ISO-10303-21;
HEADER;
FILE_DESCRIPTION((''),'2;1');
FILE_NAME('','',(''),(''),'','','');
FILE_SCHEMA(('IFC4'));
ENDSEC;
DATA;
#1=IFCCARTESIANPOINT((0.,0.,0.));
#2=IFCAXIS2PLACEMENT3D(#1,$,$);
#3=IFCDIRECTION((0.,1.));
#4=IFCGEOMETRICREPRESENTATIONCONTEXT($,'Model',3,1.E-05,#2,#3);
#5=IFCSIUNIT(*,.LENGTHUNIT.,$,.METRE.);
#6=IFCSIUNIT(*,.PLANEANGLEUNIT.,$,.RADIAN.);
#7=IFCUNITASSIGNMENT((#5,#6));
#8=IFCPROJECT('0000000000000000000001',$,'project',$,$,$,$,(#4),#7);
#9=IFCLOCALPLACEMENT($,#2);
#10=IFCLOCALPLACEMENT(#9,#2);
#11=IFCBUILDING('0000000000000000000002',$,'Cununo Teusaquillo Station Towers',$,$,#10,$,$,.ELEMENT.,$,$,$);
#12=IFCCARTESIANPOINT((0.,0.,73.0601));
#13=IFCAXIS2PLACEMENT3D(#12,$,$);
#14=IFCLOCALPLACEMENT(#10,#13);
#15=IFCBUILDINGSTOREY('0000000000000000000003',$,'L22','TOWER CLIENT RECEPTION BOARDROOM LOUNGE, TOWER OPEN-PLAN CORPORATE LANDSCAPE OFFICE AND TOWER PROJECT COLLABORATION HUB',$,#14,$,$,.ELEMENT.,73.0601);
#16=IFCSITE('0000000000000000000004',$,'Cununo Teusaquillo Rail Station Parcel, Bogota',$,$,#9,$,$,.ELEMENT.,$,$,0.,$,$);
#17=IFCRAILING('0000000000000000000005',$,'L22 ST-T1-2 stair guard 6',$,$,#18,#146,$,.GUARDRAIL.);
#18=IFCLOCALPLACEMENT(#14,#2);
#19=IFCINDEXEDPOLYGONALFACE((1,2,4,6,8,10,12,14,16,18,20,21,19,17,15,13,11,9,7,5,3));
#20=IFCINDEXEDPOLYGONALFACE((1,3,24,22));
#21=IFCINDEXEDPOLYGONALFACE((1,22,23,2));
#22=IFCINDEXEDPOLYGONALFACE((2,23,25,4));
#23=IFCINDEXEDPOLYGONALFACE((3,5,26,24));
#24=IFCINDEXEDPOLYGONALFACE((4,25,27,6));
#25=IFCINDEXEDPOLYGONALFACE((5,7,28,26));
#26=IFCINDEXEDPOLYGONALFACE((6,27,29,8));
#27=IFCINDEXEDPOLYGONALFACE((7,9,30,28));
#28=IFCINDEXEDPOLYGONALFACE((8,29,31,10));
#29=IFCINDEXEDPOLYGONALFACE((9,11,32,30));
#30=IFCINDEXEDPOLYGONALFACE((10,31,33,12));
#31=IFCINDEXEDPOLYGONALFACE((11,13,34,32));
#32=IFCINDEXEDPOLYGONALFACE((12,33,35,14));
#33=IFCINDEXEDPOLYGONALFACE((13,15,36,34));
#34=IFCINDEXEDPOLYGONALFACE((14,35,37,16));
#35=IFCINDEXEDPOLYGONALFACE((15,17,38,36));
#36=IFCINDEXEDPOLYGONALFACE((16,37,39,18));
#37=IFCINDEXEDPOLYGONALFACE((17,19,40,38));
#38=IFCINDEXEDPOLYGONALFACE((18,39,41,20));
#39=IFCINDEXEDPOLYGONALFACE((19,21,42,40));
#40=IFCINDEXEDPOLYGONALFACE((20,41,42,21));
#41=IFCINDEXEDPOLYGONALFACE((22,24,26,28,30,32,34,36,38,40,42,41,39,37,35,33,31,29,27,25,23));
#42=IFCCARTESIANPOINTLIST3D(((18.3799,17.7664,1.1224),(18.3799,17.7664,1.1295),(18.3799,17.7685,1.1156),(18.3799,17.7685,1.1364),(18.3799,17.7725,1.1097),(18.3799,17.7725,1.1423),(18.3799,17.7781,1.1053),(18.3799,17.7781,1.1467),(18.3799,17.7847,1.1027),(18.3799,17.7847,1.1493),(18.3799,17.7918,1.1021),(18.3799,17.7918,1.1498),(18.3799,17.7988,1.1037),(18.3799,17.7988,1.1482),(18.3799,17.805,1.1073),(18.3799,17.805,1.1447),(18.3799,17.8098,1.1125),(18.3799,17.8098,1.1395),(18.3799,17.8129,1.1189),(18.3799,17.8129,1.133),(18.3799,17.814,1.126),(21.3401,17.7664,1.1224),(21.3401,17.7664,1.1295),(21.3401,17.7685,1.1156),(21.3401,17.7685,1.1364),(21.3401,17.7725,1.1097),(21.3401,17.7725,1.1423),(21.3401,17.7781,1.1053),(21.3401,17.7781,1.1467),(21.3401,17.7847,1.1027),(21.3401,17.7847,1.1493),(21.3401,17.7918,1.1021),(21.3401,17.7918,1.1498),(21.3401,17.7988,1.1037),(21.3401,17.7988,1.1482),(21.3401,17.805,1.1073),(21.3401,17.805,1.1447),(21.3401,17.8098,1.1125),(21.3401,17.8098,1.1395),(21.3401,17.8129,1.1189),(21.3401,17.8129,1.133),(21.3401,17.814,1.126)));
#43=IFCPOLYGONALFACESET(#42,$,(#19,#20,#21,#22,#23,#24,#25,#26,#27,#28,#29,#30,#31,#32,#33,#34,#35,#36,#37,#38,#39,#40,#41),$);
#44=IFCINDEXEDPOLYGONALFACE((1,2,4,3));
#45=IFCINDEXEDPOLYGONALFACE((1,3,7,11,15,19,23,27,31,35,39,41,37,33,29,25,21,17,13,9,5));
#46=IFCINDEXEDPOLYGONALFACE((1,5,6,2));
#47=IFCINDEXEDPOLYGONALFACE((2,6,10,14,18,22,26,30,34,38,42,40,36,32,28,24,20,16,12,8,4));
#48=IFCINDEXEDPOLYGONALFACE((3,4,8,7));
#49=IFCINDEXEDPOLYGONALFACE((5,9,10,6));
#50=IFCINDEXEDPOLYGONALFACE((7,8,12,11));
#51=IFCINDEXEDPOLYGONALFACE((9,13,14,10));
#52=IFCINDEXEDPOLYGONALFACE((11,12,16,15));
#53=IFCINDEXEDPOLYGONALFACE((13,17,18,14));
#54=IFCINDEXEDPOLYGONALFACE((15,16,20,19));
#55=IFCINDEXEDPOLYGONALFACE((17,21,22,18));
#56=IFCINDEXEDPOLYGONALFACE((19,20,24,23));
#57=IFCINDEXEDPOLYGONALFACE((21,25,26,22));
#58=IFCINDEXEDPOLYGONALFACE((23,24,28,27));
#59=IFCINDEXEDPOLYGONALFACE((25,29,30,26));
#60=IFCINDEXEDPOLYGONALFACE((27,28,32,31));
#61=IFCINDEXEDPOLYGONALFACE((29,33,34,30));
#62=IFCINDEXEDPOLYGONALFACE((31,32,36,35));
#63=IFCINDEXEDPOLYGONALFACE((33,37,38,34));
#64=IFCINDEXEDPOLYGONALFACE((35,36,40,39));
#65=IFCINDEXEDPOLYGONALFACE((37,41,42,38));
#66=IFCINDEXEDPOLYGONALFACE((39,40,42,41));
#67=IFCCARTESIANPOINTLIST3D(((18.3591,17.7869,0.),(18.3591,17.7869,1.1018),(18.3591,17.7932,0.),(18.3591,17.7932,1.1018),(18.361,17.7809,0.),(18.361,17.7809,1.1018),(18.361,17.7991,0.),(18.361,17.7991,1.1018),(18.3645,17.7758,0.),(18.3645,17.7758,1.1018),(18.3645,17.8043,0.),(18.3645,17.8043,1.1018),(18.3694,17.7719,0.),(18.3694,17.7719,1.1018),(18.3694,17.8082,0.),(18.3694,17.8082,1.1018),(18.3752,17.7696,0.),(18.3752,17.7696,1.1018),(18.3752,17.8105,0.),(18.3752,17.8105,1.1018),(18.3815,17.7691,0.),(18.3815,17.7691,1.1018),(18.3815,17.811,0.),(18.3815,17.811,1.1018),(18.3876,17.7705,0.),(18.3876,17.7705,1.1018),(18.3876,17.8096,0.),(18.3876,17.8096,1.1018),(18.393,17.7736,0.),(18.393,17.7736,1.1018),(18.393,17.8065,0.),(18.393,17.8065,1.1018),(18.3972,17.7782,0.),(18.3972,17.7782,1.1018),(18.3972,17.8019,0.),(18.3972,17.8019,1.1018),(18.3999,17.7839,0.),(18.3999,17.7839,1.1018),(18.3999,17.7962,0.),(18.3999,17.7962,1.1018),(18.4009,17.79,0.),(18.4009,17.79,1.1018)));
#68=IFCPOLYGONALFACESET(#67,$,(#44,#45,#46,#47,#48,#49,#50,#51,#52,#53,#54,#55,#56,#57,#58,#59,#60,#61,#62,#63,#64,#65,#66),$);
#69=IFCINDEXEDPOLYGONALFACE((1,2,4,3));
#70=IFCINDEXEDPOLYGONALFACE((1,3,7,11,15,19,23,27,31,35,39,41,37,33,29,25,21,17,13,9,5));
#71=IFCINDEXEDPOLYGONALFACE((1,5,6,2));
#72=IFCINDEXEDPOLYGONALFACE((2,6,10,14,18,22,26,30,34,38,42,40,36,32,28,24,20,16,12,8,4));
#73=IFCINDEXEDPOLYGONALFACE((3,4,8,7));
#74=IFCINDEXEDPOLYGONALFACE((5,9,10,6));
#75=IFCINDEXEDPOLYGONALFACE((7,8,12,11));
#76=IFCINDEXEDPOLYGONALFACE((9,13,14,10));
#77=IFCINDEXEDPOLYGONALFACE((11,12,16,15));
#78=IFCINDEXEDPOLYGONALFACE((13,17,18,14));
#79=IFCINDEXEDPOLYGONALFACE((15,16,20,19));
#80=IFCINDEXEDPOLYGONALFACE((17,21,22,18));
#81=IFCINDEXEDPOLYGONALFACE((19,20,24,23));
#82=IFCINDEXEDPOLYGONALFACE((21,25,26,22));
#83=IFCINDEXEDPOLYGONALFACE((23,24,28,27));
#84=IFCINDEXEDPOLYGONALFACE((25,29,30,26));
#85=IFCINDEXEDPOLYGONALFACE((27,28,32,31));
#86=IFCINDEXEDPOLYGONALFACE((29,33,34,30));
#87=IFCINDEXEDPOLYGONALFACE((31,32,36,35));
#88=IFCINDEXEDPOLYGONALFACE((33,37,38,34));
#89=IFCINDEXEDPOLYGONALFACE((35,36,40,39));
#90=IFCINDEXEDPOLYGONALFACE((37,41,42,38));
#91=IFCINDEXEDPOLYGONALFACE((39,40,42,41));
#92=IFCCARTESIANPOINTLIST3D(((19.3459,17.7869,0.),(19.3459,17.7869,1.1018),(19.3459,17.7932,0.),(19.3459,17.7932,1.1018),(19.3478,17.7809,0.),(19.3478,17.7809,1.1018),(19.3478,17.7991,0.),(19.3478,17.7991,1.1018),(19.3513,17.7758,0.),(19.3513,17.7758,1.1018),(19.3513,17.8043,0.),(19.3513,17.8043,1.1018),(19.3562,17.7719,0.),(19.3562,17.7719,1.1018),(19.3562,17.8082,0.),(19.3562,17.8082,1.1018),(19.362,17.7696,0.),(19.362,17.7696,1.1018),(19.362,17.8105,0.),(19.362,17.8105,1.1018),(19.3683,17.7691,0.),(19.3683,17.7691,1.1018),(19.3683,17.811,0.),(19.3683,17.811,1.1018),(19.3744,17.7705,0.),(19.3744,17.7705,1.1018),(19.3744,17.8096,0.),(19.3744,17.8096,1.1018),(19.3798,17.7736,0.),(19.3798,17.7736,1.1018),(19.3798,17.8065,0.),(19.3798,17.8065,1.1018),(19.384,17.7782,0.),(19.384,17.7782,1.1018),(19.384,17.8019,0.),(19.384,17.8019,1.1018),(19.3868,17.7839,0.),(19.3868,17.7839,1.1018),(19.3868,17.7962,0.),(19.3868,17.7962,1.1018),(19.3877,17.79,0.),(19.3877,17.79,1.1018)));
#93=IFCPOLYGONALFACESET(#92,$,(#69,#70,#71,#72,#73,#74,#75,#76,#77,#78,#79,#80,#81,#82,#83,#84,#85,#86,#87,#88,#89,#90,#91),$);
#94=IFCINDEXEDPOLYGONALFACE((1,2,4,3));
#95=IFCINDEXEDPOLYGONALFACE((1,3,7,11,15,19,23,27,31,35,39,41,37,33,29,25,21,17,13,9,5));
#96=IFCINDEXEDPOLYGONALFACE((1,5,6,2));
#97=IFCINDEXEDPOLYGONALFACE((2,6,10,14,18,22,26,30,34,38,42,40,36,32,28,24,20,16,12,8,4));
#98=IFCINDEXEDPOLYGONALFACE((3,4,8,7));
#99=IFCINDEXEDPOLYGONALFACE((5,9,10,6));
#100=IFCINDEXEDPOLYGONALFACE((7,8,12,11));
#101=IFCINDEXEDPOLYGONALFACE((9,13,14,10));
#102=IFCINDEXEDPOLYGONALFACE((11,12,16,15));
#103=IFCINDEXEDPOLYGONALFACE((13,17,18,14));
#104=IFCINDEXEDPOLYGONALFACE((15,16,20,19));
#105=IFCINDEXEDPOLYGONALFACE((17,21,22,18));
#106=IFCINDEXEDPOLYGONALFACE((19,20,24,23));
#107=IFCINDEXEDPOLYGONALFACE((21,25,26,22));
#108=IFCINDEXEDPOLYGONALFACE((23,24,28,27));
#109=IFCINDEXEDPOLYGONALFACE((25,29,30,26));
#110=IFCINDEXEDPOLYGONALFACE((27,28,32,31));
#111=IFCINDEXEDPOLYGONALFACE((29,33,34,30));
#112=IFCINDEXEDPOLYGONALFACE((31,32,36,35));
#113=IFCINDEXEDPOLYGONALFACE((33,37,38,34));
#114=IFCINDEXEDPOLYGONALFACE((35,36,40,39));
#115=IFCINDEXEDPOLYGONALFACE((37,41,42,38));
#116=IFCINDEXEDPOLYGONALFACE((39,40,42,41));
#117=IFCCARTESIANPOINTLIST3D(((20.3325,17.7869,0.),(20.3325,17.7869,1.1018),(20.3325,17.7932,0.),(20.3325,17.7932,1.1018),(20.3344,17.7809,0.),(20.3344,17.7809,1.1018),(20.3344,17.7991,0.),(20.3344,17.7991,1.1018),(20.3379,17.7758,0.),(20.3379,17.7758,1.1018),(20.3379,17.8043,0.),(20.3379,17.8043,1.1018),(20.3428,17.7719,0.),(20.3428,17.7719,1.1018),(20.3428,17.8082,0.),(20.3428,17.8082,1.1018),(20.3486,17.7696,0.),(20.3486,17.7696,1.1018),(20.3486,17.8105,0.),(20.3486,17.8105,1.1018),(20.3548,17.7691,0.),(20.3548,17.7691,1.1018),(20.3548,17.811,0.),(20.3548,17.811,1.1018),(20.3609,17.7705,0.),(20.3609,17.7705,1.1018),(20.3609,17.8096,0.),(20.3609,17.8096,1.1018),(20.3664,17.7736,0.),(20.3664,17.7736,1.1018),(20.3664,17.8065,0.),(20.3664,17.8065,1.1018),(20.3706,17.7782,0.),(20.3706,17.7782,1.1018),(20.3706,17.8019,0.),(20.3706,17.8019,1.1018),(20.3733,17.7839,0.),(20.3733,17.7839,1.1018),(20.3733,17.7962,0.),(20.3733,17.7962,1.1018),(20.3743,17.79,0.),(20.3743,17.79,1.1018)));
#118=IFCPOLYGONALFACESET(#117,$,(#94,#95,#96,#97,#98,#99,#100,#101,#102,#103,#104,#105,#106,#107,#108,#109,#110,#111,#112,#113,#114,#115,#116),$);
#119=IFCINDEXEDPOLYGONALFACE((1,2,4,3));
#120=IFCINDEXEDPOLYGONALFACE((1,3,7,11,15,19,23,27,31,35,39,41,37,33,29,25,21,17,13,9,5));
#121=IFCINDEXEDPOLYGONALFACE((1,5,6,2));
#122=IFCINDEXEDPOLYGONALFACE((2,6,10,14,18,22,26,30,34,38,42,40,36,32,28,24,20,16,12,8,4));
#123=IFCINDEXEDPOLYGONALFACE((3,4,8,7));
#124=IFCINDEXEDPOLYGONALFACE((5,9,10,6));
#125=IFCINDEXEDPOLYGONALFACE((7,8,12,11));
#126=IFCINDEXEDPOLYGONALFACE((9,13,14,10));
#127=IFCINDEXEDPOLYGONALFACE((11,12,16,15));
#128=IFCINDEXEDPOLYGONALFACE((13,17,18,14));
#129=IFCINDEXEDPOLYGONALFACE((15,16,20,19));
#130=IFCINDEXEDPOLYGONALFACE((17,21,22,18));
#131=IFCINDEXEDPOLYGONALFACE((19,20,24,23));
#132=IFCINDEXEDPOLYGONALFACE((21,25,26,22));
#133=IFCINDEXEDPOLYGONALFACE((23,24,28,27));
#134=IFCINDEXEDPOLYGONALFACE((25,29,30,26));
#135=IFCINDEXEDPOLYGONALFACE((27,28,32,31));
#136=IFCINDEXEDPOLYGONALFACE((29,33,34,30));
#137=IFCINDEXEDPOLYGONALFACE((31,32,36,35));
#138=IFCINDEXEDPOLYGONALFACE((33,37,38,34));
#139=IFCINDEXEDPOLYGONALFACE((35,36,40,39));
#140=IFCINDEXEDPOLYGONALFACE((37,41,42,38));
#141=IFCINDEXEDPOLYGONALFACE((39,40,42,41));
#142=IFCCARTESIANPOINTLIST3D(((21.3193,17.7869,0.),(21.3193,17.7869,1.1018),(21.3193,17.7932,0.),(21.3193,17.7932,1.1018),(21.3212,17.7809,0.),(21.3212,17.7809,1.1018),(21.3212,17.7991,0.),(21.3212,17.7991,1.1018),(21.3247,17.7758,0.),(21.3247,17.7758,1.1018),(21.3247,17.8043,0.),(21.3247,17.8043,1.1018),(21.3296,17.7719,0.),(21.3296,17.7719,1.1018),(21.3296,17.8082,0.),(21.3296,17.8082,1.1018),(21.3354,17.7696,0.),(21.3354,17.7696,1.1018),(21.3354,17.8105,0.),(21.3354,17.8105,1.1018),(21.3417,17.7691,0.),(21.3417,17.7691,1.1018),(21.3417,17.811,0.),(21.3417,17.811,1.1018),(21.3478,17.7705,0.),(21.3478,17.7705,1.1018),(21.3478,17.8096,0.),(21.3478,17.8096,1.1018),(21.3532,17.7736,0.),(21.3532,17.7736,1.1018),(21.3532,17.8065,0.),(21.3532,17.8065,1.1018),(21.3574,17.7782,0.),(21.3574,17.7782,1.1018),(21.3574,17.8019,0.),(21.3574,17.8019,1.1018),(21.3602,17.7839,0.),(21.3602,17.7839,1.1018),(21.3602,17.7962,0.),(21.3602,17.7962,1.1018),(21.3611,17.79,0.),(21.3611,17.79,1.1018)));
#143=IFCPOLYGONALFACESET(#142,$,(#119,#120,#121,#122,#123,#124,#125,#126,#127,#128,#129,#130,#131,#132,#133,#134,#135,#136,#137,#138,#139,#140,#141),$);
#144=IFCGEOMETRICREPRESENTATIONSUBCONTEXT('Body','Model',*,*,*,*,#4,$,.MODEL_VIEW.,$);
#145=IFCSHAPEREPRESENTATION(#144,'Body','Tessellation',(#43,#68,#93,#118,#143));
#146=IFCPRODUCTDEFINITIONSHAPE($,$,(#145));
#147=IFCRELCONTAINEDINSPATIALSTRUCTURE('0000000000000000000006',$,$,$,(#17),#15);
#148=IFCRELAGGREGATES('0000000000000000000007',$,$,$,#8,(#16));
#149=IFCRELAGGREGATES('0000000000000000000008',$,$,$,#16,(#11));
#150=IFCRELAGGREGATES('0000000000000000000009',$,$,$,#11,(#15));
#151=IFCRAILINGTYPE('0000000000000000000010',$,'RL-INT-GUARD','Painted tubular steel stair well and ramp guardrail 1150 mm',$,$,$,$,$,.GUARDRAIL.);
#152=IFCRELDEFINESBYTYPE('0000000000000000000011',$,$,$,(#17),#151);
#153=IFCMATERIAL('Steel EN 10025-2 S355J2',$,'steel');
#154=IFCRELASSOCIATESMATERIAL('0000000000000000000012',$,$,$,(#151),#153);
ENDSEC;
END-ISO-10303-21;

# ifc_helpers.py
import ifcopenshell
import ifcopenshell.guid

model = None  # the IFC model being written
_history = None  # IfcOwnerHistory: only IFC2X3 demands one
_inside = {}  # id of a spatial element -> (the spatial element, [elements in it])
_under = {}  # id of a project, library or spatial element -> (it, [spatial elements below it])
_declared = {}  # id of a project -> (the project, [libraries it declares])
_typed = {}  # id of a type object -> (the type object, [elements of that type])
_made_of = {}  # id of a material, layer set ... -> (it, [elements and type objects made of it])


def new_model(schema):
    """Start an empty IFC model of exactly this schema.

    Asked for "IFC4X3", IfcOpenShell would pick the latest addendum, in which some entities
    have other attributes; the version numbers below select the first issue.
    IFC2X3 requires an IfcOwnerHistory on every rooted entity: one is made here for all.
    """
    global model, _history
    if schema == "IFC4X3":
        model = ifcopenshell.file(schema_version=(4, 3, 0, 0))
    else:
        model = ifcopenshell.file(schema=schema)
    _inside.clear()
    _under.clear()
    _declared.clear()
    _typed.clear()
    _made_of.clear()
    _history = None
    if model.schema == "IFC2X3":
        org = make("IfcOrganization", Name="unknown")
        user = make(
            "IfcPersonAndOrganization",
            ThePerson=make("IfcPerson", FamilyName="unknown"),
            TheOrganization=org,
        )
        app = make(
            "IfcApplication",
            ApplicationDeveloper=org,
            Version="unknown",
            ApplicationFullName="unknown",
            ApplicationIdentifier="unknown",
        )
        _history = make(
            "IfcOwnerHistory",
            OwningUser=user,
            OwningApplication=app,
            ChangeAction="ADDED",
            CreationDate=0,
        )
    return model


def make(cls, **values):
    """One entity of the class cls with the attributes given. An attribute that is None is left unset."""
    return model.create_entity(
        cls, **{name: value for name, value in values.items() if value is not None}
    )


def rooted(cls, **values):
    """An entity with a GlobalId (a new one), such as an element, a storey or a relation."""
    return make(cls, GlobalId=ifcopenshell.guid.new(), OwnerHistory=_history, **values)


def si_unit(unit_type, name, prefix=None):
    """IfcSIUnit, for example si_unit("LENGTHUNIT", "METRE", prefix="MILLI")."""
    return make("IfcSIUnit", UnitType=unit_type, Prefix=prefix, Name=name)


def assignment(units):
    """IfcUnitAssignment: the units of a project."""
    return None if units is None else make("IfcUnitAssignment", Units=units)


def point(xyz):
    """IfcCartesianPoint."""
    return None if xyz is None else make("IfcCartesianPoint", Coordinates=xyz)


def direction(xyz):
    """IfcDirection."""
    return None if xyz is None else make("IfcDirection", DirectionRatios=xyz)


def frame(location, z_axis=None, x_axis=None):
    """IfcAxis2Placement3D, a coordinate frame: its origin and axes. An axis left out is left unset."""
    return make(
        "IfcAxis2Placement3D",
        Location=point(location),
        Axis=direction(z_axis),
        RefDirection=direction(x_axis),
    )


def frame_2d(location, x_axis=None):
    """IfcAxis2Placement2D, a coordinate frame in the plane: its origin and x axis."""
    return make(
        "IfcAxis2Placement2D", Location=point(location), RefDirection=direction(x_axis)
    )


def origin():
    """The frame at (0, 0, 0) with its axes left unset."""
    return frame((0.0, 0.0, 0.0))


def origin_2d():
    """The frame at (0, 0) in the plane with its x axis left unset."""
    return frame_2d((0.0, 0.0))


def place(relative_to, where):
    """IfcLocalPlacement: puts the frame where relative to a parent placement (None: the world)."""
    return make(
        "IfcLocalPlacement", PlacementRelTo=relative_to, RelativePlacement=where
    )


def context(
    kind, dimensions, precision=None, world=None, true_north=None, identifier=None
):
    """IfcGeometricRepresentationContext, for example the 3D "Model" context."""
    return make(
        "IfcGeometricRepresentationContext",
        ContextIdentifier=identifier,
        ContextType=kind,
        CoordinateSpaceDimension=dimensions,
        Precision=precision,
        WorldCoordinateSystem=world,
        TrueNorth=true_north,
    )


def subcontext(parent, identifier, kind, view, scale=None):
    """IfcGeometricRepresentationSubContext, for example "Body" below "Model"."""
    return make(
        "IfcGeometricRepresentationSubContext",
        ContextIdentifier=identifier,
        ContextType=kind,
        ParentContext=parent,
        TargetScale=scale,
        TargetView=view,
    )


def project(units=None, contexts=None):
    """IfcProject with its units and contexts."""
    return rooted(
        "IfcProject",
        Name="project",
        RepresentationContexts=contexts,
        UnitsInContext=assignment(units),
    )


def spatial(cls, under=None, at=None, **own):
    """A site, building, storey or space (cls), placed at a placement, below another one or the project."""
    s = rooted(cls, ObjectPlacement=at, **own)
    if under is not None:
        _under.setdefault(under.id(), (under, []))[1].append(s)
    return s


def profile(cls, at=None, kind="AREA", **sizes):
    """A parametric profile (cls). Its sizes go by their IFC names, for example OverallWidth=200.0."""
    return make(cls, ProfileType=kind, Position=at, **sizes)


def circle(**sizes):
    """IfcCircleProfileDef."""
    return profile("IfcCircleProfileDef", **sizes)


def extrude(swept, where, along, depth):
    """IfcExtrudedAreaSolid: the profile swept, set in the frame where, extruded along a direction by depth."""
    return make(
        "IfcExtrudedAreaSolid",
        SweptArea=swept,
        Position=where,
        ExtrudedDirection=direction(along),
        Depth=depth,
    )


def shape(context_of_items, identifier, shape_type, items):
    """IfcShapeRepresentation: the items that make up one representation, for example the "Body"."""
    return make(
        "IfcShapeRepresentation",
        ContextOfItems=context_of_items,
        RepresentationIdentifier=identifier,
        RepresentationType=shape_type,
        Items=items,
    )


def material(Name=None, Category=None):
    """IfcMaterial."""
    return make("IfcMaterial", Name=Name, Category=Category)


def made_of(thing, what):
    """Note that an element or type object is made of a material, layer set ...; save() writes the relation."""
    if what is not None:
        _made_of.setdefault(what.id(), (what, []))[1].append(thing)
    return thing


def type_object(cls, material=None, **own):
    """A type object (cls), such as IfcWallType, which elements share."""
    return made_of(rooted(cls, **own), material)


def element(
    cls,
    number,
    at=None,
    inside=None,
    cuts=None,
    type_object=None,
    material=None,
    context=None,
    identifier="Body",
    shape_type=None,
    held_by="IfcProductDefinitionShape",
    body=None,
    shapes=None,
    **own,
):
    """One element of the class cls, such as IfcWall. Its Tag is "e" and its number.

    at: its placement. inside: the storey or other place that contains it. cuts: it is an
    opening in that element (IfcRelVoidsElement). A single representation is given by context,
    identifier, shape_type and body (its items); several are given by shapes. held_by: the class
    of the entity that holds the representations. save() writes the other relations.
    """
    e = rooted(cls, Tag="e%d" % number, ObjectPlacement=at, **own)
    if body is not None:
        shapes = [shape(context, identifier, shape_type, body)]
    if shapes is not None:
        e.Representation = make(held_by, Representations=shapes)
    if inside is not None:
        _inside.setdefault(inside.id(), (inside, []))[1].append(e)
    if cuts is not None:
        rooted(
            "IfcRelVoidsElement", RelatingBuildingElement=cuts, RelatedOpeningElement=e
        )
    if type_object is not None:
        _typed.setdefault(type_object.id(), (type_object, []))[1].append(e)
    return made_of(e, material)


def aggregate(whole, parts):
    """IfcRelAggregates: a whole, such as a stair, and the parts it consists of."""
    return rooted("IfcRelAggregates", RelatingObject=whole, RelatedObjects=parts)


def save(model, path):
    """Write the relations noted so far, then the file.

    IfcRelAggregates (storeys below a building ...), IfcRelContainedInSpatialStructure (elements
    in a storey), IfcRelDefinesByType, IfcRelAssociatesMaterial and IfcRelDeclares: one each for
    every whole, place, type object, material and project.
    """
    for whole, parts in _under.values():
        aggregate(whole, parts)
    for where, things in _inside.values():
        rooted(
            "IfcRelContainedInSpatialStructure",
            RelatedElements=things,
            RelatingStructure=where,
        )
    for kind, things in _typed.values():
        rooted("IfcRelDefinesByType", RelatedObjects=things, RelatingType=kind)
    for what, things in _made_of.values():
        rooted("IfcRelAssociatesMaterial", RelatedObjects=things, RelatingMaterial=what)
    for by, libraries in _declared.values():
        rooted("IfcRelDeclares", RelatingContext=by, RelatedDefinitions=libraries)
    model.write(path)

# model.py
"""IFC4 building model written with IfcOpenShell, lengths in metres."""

from ifc_helpers import new_model, si_unit, direction, frame, origin, origin_2d, place, context, subcontext, project, spatial, circle, extrude, material, type_object, element, save


model = new_model("IFC4")

# Units and contexts
model_context = context("Model", 3, precision=1e-05, world=origin(), true_north=direction((0.0, 1.0)))
body_context = subcontext(model_context, "Body", "Model", "MODEL_VIEW")
ifc_project = project(units=[si_unit("LENGTHUNIT", "METRE"), si_unit("PLANEANGLEUNIT", "RADIAN")], contexts=[model_context])

# Site, building, storey
site_placement = place(None, origin())
site = spatial("IfcSite", under=ifc_project, at=site_placement, Name="Cununo Teusaquillo Rail Station Parcel, Bogota", CompositionType="ELEMENT", RefElevation=0.0)
building_placement = place(site_placement, origin())
building = spatial("IfcBuilding", under=site, at=building_placement, Name="Cununo Teusaquillo Station Towers", CompositionType="ELEMENT")
storey_placement = place(building_placement, frame((0.0, 0.0, 73.0601)))
storey = spatial("IfcBuildingStorey", under=building, at=storey_placement, Name="L22", Description="TOWER CLIENT RECEPTION BOARDROOM LOUNGE, TOWER OPEN-PLAN CORPORATE LANDSCAPE OFFICE AND TOWER PROJECT COLLABORATION HUB", CompositionType="ELEMENT", Elevation=73.0601)

# Railing
ifc_material_1 = material(Name="Steel EN 10025-2 S355J2", Category="steel")
railing_type_1 = type_object("IfcRailingType", Name="RL-INT-GUARD", Description="Painted tubular steel stair well and ramp guardrail 1150 mm", PredefinedType="GUARDRAIL", material=ifc_material_1)
railing_1_placement = place(storey_placement, frame((18.3799, 17.79, 0.0)))
element("IfcRailing", 1, at=railing_1_placement, inside=storey, type_object=railing_type_1, Name="L22 ST-T1-2 stair guard 6", PredefinedType="GUARDRAIL", context=body_context, shape_type="SweptSolid", body=[
    extrude(circle(Radius=0.0239, at=origin_2d()), frame((0.0, 0.0, 1.126), z_axis=(1.0, 0.0, 0.0), x_axis=(0.0, 1.0, 0.0)), (0.0, 0.0, 1.0), 2.9602),
    extrude(circle(Radius=0.021, at=origin_2d()), origin(), (0.0, 0.0, 1.0), 1.1018),
    extrude(circle(Radius=0.021, at=origin_2d()), frame((0.9868, 0.0, 0.0)), (0.0, 0.0, 1.0), 1.1018),
    extrude(circle(Radius=0.021, at=origin_2d()), frame((1.9734, 0.0, 0.0)), (0.0, 0.0, 1.0), 1.1018),
    extrude(circle(Radius=0.021, at=origin_2d()), frame((2.9602, 0.0, 0.0)), (0.0, 0.0, 1.0), 1.1018),
])

save(model, "model.ifc")
